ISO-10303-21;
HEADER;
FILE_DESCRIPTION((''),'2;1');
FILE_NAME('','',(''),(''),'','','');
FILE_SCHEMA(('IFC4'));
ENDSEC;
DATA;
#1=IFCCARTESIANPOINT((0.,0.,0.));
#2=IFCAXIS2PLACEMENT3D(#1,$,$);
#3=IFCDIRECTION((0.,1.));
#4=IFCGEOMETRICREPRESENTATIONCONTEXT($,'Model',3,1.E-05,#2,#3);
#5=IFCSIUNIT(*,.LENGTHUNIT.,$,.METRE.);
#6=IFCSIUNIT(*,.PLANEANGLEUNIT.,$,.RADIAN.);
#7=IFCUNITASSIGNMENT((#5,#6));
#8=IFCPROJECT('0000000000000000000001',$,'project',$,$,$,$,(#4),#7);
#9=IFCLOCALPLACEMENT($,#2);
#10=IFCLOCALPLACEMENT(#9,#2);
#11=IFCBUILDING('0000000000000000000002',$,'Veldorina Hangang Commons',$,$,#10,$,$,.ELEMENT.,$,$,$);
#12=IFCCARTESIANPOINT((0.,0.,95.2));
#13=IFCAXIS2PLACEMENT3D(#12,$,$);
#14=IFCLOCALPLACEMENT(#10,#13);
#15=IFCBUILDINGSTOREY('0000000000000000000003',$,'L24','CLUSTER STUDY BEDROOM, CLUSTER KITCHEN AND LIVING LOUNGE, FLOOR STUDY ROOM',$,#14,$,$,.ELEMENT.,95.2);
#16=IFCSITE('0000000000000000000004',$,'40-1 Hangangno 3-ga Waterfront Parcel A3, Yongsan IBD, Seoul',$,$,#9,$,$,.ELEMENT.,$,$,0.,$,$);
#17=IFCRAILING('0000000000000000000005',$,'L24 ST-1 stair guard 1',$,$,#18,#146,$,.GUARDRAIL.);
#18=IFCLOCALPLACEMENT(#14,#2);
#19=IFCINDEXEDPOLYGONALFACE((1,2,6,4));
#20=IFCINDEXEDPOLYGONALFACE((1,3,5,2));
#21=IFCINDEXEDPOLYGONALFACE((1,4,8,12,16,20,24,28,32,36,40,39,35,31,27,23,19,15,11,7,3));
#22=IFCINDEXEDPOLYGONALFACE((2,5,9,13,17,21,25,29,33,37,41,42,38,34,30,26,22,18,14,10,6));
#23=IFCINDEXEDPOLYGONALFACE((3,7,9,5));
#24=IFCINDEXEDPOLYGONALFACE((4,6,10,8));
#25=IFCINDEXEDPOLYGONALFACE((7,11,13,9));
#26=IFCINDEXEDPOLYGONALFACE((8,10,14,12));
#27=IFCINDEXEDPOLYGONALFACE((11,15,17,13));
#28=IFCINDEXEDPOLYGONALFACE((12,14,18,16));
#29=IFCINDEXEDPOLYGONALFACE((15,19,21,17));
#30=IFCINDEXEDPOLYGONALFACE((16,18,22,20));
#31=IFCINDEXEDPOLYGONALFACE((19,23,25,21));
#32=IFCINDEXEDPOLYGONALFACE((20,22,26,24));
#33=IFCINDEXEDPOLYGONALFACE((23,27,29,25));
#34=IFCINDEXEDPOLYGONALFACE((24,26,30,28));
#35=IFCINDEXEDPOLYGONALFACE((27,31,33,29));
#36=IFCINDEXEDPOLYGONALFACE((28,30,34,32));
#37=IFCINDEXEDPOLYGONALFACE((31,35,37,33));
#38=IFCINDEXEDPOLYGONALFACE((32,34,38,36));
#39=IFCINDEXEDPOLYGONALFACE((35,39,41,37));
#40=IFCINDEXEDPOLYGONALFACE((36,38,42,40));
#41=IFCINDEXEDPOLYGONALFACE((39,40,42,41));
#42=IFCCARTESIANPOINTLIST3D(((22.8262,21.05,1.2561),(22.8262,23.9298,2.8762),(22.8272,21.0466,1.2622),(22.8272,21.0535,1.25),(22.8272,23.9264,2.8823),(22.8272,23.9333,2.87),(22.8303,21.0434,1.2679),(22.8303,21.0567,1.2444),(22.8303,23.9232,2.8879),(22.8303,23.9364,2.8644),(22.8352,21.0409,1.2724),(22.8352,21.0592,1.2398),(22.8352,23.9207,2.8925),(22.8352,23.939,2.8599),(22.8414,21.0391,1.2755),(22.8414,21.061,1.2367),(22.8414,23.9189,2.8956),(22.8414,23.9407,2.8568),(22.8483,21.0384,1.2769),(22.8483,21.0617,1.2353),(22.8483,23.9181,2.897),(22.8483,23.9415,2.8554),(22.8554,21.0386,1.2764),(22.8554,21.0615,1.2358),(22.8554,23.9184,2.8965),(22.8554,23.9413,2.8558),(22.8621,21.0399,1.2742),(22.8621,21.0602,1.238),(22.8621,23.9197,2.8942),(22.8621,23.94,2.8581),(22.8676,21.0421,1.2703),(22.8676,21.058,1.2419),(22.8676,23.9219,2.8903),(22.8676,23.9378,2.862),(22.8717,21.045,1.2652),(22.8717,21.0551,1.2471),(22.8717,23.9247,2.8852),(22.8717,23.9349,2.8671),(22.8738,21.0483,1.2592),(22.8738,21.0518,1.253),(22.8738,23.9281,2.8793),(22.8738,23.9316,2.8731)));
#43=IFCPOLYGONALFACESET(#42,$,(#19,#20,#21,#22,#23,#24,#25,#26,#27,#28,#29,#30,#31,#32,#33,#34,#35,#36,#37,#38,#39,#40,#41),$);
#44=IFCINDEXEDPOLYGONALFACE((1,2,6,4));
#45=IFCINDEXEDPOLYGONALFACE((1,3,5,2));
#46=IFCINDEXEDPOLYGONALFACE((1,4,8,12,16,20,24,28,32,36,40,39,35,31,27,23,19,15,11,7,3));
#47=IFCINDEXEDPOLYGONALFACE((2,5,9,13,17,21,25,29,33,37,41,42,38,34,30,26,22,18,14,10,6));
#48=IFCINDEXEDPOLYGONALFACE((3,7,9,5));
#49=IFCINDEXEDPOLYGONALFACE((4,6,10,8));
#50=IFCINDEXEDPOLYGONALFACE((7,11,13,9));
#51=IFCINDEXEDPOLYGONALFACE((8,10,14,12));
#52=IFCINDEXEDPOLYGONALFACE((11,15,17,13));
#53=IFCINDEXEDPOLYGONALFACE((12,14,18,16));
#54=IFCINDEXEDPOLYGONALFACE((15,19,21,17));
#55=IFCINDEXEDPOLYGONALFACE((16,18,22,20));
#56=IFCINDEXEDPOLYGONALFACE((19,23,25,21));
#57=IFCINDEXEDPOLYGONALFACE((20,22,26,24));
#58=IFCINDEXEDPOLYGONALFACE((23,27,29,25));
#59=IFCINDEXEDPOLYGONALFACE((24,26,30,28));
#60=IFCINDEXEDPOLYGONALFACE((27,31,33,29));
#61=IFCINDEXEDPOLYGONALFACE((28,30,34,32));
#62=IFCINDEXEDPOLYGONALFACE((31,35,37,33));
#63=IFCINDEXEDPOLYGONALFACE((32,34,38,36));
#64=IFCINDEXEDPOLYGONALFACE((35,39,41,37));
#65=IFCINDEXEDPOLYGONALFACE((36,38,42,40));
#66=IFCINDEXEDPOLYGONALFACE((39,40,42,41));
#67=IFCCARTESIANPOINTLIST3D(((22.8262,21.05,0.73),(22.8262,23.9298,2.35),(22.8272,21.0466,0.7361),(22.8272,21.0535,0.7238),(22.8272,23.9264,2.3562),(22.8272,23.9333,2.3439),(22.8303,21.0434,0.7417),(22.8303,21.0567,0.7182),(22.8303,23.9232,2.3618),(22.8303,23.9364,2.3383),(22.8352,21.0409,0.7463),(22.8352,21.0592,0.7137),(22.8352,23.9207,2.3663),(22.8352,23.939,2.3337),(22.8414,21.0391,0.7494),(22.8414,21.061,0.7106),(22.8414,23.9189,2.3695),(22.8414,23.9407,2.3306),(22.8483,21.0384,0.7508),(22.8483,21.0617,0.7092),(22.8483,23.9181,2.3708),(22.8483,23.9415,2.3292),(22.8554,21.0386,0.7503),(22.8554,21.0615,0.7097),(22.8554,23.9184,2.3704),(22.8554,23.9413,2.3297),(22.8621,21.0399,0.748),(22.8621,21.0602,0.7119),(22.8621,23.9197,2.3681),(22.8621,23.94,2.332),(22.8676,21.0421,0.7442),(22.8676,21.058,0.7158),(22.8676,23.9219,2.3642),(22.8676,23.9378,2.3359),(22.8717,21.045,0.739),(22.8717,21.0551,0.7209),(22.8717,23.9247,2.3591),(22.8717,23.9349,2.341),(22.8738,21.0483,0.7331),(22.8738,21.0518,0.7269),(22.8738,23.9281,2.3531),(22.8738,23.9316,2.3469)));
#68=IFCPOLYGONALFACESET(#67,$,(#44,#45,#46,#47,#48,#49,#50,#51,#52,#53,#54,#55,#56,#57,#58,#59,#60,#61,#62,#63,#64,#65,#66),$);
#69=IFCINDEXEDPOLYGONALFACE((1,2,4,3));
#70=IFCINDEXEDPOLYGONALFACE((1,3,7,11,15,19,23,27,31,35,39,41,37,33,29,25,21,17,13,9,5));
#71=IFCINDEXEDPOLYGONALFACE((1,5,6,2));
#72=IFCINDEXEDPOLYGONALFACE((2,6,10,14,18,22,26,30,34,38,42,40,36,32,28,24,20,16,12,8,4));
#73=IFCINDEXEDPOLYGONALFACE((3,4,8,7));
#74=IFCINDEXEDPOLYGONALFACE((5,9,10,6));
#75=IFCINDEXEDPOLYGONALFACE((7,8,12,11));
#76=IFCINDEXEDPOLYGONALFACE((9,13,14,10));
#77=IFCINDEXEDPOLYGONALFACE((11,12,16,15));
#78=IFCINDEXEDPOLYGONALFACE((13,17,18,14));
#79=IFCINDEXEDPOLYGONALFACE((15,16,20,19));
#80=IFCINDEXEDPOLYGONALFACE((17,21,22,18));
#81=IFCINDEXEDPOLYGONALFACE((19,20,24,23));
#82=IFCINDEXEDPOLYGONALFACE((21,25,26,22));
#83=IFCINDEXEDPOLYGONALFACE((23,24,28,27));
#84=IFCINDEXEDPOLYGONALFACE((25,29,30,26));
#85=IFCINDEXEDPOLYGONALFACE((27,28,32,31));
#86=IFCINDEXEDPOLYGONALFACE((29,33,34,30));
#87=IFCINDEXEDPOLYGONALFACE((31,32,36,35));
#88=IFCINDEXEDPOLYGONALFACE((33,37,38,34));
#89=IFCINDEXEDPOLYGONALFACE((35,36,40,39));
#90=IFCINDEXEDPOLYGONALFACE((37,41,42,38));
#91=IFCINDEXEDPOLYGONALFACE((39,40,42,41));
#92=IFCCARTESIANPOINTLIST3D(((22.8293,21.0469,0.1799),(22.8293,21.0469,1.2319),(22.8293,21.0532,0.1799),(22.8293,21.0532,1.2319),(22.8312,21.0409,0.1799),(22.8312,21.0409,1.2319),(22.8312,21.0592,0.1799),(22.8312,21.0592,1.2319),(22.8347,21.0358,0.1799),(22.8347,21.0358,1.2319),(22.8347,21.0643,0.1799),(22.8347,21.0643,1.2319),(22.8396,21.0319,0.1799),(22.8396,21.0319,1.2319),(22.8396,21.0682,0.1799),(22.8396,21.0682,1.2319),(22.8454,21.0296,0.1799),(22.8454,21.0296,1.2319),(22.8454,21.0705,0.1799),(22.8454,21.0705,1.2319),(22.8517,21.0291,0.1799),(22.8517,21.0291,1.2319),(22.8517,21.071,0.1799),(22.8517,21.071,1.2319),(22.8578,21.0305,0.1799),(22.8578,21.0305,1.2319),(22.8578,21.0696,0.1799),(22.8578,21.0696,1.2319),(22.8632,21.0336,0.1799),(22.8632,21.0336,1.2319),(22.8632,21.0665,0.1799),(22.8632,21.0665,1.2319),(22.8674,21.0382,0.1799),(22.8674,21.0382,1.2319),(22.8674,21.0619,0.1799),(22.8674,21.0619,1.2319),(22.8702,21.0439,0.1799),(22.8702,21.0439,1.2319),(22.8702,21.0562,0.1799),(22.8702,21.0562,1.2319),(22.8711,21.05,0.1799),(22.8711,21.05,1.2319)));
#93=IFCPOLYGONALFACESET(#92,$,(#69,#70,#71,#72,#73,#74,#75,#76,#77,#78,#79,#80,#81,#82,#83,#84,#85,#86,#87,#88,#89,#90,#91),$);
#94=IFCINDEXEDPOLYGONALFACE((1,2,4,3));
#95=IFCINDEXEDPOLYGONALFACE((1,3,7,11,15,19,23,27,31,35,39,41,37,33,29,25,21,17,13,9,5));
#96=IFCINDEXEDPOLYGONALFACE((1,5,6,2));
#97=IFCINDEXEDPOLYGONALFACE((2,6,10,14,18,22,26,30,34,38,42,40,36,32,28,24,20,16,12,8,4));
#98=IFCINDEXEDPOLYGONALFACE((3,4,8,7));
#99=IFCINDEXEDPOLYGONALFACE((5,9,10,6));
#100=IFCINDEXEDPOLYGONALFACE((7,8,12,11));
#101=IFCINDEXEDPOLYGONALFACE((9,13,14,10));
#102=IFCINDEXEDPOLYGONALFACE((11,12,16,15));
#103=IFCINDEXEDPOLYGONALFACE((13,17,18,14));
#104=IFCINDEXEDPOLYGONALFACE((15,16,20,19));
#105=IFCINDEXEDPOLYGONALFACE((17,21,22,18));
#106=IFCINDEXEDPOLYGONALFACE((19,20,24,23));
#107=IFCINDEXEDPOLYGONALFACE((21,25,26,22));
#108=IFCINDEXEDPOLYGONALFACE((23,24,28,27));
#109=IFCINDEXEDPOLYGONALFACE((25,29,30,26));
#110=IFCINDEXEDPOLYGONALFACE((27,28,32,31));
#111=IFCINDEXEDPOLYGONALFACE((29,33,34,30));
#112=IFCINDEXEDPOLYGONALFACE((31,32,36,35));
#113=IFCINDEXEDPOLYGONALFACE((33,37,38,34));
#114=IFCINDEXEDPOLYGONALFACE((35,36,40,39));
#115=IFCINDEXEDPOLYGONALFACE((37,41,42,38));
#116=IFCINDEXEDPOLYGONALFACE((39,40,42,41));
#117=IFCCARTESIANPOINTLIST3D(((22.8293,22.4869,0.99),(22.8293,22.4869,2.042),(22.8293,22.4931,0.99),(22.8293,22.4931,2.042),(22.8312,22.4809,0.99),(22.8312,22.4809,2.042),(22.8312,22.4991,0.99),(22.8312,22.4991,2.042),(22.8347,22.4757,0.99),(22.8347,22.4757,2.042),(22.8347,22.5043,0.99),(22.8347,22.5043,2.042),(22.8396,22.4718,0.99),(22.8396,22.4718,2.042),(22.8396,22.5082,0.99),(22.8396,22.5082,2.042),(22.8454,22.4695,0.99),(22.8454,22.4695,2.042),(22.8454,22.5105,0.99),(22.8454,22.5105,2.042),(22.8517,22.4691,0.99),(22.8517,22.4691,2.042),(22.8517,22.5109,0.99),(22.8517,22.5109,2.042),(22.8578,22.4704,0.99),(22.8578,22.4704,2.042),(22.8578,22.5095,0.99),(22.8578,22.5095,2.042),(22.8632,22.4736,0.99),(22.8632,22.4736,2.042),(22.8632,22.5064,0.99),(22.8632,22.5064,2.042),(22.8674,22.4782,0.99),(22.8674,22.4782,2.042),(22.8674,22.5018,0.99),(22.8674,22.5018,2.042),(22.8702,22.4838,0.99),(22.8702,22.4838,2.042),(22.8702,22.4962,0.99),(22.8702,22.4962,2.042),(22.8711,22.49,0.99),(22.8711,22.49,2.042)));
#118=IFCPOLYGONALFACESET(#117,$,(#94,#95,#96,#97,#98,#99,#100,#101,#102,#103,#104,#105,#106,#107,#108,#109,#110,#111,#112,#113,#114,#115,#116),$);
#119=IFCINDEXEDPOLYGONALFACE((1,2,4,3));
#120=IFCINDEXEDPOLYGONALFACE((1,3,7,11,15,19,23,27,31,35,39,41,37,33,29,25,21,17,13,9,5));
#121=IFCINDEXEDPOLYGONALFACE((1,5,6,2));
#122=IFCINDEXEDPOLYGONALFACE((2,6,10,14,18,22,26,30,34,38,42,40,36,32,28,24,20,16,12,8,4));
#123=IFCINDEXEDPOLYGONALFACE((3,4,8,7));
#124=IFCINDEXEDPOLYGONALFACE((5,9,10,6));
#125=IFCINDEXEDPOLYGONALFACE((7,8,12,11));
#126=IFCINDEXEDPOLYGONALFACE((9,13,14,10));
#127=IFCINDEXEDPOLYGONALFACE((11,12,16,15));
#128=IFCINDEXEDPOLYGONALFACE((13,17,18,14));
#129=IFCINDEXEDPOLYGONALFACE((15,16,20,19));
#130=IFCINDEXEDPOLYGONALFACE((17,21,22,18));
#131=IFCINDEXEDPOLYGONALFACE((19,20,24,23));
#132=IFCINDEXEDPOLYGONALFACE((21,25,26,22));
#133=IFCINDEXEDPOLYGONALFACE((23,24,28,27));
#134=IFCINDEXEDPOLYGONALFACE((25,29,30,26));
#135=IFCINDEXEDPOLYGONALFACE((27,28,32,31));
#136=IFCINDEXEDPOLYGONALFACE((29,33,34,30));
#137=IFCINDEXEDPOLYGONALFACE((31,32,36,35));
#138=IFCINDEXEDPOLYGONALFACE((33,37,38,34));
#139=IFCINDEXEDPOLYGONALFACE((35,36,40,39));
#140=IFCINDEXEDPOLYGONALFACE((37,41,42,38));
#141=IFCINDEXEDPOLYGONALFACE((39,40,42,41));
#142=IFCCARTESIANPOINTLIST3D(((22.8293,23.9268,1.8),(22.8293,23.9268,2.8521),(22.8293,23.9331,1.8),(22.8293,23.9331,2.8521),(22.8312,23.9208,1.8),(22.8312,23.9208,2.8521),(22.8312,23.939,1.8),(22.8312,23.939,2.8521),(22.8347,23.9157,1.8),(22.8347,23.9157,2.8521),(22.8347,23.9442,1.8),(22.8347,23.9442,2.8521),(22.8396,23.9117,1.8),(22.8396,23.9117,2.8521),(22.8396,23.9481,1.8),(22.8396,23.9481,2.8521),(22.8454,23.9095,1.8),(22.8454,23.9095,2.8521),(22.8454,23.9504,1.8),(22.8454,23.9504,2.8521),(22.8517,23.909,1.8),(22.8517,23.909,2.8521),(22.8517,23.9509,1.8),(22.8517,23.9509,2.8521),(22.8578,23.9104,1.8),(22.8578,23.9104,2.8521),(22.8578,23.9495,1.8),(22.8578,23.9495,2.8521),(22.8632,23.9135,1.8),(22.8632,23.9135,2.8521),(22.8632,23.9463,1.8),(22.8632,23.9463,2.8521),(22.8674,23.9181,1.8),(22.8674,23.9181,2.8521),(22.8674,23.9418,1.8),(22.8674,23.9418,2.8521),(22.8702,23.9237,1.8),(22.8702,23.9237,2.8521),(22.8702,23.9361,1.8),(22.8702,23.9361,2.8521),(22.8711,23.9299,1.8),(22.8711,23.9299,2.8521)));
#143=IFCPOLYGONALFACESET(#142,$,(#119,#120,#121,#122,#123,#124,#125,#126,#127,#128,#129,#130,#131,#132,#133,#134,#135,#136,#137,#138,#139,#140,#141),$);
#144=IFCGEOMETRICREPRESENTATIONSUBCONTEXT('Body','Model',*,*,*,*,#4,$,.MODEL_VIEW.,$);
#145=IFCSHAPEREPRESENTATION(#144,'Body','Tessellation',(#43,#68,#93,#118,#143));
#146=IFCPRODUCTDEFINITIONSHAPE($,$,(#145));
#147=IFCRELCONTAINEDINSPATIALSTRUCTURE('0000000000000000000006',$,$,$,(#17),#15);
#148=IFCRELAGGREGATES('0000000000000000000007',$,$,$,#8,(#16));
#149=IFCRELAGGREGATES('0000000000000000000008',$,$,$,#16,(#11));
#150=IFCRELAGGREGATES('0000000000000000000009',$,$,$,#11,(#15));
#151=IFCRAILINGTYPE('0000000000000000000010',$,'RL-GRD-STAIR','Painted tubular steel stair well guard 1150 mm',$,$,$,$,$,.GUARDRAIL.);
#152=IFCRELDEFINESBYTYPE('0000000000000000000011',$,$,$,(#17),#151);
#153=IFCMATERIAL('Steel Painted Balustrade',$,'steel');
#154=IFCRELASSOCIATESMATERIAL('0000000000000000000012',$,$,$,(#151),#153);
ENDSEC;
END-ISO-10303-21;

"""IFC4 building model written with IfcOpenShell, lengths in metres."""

from ifc_helpers import new_model, si_unit, direction, frame, origin, origin_2d, place, context, subcontext, project, spatial, circle, extrude, material, type_object, element, save


model = new_model("IFC4")

# Units and contexts
model_context = context("Model", 3, precision=1e-05, world=origin(), true_north=direction((0.0, 1.0)))
body_context = subcontext(model_context, "Body", "Model", "MODEL_VIEW")
ifc_project = project(units=[si_unit("LENGTHUNIT", "METRE"), si_unit("PLANEANGLEUNIT", "RADIAN")], contexts=[model_context])

# Site, building, storey
site_placement = place(None, origin())
site = spatial("IfcSite", under=ifc_project, at=site_placement, Name="40-1 Hangangno 3-ga Waterfront Parcel A3, Yongsan IBD, Seoul", CompositionType="ELEMENT", RefElevation=0.0)
building_placement = place(site_placement, origin())
building = spatial("IfcBuilding", under=site, at=building_placement, Name="Veldorina Hangang Commons", CompositionType="ELEMENT")
storey_placement = place(building_placement, frame((0.0, 0.0, 95.2)))
storey = spatial("IfcBuildingStorey", under=building, at=storey_placement, Name="L24", Description="CLUSTER STUDY BEDROOM, CLUSTER KITCHEN AND LIVING LOUNGE, FLOOR STUDY ROOM", CompositionType="ELEMENT", Elevation=95.2)

# Railing
ifc_material_1 = material(Name="Steel Painted Balustrade", Category="steel")
railing_type_1 = type_object("IfcRailingType", Name="RL-GRD-STAIR", Description="Painted tubular steel stair well guard 1150 mm", PredefinedType="GUARDRAIL", material=ifc_material_1)
railing_1_placement = place(storey_placement, frame((22.8501, 21.05, 0.1799)))
element("IfcRailing", 1, at=railing_1_placement, inside=storey, type_object=railing_type_1, Name="L24 ST-1 stair guard 1", PredefinedType="GUARDRAIL", context=body_context, shape_type="SweptSolid", body=[
    extrude(circle(Radius=0.0239, at=origin_2d()), frame((0.0, 0.0, 1.0762), z_axis=(0.0, 0.871552, 0.490303), x_axis=(-1.0, 0.0, 0.0)), (0.0, 0.0, 1.0), 3.3042),
    extrude(circle(Radius=0.0239, at=origin_2d()), frame((0.0, 0.0, 0.55), z_axis=(0.0, 0.871552, 0.490303), x_axis=(-1.0, 0.0, 0.0)), (0.0, 0.0, 1.0), 3.3042),
    extrude(circle(Radius=0.021, at=origin_2d()), origin(), (0.0, 0.0, 1.0), 1.052),
    extrude(circle(Radius=0.021, at=origin_2d()), frame((0.0, 1.4399, 0.8101)), (0.0, 0.0, 1.0), 1.052),
    extrude(circle(Radius=0.021, at=origin_2d()), frame((0.0, 2.8799, 1.6201)), (0.0, 0.0, 1.0), 1.052),
])

save(model, "model.ifc")
